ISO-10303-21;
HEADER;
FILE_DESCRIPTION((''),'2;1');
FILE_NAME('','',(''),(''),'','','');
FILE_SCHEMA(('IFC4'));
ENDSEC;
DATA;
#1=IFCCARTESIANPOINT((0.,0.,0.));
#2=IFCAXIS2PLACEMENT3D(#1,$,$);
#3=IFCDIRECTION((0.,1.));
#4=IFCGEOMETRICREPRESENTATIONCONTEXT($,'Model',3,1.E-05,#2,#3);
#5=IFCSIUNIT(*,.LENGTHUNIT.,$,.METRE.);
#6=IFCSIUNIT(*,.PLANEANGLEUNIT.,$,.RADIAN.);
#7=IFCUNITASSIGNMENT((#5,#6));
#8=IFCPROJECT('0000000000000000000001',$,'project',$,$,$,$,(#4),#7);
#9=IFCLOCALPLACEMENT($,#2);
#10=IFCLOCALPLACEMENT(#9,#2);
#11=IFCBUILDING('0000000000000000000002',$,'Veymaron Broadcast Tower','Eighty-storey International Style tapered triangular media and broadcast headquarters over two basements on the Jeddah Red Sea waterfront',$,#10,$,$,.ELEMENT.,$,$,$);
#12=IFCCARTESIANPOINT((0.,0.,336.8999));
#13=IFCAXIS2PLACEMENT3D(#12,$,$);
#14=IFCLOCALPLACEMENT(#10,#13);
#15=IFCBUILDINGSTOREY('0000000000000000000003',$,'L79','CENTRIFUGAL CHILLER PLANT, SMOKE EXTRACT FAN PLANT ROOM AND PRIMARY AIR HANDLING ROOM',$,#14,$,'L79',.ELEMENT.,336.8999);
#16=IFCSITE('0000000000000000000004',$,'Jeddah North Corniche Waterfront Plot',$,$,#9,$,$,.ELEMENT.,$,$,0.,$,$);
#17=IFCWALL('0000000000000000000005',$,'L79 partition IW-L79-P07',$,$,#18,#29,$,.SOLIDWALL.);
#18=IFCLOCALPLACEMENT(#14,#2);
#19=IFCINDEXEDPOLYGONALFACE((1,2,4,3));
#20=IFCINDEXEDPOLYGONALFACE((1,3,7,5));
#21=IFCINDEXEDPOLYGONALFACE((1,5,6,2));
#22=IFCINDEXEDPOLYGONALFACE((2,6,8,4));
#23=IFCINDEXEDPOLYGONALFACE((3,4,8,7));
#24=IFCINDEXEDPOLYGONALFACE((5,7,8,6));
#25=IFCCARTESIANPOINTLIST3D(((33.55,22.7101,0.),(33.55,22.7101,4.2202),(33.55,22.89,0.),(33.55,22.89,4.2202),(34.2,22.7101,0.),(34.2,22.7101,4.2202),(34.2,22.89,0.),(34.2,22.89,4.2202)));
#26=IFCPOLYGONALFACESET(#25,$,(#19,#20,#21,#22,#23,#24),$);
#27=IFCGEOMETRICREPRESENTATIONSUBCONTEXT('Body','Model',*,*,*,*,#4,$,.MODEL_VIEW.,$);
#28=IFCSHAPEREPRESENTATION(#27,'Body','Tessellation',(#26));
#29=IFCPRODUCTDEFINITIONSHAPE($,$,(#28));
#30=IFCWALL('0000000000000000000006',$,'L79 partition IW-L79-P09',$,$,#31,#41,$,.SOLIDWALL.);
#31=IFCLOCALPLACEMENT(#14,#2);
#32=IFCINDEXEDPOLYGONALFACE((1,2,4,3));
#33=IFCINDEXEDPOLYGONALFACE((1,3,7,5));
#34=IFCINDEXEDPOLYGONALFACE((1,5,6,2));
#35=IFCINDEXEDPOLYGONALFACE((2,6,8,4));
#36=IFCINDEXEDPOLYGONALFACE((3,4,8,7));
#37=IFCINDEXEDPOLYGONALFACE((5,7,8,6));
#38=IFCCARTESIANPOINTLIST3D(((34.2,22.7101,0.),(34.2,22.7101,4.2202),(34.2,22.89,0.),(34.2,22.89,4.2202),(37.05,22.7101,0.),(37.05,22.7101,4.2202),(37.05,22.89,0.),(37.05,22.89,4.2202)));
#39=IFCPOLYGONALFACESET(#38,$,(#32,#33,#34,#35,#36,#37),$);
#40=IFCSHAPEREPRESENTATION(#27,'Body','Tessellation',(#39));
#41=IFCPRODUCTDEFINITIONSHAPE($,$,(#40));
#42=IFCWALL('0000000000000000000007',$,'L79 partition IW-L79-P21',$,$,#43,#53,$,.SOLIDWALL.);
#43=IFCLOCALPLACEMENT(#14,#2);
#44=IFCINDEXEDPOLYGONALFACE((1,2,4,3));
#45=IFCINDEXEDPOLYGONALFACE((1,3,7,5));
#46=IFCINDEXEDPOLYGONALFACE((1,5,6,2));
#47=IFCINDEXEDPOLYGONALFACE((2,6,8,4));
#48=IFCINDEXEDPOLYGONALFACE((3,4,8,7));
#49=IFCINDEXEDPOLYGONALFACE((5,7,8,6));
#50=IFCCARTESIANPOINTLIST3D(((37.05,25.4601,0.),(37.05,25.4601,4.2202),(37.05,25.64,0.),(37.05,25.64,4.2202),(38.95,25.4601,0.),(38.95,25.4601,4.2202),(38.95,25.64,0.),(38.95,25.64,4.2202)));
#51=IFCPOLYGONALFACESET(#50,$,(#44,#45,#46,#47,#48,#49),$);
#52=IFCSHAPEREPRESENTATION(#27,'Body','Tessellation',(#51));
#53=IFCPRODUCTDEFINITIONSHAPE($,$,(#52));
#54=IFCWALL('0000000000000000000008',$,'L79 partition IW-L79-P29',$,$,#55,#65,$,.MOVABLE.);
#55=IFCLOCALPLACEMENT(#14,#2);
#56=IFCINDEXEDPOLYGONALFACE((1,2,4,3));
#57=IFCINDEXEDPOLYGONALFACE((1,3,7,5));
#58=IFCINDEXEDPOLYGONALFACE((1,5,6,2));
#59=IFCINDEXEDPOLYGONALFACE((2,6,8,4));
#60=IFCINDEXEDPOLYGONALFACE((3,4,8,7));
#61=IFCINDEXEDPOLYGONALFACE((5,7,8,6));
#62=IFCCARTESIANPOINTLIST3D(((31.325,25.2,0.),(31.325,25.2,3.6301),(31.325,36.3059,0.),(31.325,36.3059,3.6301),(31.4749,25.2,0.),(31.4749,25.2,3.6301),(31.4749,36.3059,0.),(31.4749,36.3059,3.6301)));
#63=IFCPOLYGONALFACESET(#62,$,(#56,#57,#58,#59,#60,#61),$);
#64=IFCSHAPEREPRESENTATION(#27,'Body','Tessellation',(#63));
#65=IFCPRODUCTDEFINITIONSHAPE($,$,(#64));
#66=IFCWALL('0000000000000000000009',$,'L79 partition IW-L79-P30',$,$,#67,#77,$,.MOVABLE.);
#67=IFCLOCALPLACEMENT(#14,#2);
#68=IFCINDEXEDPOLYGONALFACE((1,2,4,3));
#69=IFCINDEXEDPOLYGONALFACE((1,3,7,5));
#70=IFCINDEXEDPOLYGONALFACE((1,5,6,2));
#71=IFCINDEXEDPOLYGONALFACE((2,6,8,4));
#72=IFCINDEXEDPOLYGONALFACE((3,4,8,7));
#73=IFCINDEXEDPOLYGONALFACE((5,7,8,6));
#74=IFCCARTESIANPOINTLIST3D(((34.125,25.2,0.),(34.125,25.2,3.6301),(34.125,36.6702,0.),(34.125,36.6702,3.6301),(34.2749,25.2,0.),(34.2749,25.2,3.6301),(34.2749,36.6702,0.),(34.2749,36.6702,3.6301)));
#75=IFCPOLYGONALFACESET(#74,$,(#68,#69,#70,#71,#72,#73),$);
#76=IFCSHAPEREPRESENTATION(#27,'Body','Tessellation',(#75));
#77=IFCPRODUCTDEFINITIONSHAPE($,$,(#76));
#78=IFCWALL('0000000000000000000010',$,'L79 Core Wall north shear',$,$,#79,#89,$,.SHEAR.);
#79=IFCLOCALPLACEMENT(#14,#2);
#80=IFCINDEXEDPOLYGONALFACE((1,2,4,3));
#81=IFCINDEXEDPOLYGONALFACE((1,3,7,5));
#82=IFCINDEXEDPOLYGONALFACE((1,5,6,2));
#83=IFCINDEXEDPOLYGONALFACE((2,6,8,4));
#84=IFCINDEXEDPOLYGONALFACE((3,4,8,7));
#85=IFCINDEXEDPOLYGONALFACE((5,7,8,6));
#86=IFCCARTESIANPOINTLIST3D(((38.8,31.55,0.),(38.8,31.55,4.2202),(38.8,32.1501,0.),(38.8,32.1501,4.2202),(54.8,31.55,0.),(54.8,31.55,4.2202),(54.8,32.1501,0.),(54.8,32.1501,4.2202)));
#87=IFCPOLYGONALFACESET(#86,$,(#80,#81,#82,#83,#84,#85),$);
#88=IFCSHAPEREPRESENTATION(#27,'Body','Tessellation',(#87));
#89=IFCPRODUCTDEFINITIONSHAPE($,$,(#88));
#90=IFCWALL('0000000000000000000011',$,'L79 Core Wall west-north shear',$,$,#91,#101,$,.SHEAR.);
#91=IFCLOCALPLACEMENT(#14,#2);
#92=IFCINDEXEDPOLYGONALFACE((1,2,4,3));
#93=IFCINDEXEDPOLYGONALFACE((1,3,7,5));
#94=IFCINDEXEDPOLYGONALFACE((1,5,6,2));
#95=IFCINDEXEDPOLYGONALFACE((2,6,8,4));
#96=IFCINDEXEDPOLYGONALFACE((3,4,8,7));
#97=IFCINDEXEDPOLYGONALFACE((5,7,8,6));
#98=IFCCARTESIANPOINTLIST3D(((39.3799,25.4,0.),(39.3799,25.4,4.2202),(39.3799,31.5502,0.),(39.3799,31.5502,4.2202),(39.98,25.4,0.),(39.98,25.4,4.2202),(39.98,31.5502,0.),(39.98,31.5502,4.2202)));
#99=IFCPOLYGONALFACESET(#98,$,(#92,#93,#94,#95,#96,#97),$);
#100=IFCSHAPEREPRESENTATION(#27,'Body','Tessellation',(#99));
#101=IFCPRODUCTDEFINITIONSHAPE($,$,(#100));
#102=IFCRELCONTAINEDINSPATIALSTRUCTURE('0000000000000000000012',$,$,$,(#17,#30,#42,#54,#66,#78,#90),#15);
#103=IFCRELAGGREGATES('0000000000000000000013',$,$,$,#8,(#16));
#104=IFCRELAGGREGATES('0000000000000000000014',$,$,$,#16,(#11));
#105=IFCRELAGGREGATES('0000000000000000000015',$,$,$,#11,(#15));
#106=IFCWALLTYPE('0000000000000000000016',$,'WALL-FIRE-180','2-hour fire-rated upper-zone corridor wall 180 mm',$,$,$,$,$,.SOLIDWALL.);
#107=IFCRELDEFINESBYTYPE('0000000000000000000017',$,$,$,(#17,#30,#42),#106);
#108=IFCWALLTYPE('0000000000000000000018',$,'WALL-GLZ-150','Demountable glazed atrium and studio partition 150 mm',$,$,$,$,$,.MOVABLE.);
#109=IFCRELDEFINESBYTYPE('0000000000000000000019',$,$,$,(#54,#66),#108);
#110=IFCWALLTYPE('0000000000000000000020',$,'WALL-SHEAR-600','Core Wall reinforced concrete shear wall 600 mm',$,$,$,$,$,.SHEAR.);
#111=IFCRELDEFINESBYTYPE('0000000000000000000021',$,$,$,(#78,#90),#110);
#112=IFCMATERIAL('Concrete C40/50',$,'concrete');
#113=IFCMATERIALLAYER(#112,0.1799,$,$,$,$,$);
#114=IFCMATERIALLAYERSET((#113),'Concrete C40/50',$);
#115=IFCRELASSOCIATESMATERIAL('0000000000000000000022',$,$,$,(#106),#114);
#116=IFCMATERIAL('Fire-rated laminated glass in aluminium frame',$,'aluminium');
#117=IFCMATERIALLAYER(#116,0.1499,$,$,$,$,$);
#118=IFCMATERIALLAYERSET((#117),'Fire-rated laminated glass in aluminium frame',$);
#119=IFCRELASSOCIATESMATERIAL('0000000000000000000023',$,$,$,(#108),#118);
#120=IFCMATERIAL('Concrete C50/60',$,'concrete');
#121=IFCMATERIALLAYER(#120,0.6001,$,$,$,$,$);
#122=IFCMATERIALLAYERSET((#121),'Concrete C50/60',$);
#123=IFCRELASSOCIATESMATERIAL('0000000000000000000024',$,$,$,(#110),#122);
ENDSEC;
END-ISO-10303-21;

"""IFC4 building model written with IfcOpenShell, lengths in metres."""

from ifc_helpers import new_model, si_unit, direction, frame, frame_2d, origin, place, context, subcontext, project, spatial, rectangle, extrude, material, layer, layer_set, type_object, element, save


model = new_model("IFC4")

# Units and contexts
model_context = context("Model", 3, precision=1e-05, world=origin(), true_north=direction((0.0, 1.0)))
body_context = subcontext(model_context, "Body", "Model", "MODEL_VIEW")
ifc_project = project(units=[si_unit("LENGTHUNIT", "METRE"), si_unit("PLANEANGLEUNIT", "RADIAN")], contexts=[model_context])

# Site, building, storey
site_placement = place(None, origin())
site = spatial("IfcSite", under=ifc_project, at=site_placement, Name="Jeddah North Corniche Waterfront Plot", CompositionType="ELEMENT", RefElevation=0.0)
building_placement = place(site_placement, origin())
building = spatial("IfcBuilding", under=site, at=building_placement, Name="Veymaron Broadcast Tower", Description="Eighty-storey International Style tapered triangular media and broadcast headquarters over two basements on the Jeddah Red Sea waterfront", CompositionType="ELEMENT")
storey_placement = place(building_placement, frame((0.0, 0.0, 336.8999)))
storey = spatial("IfcBuildingStorey", under=building, at=storey_placement, Name="L79", Description="CENTRIFUGAL CHILLER PLANT, SMOKE EXTRACT FAN PLANT ROOM AND PRIMARY AIR HANDLING ROOM", LongName="L79", CompositionType="ELEMENT", Elevation=336.8999)

# Shared definitions
ifc_material_1 = material(Name="Concrete C40/50", Category="concrete")
ifc_layer_1 = layer(ifc_material_1, 0.1799)
ifc_layer_set_1 = layer_set([ifc_layer_1], Name="Concrete C40/50")
wall_type_1 = type_object("IfcWallType", Name="WALL-FIRE-180", Description="2-hour fire-rated upper-zone corridor wall 180 mm", PredefinedType="SOLIDWALL", material=ifc_layer_set_1)

# Walls
wall_1_placement = place(storey_placement, frame((33.55, 22.8, 0.0), z_axis=(0.0, 0.0, 1.0), x_axis=(1.0, 0.0, 0.0)))
element("IfcWall", 1, at=wall_1_placement, inside=storey, type_object=wall_type_1, Name="L79 partition IW-L79-P07", PredefinedType="SOLIDWALL", context=body_context, shape_type="SweptSolid", body=[
    extrude(rectangle(XDim=0.6499, YDim=0.1799, at=frame_2d((0.325, 0.0))), origin(), (0.0, 0.0, 1.0), 4.2202),
])
wall_2_placement = place(storey_placement, frame((34.2, 22.8, 0.0), z_axis=(0.0, 0.0, 1.0), x_axis=(1.0, 0.0, 0.0)))
element("IfcWall", 2, at=wall_2_placement, inside=storey, type_object=wall_type_1, Name="L79 partition IW-L79-P09", PredefinedType="SOLIDWALL", context=body_context, shape_type="SweptSolid", body=[
    extrude(rectangle(XDim=2.8501, YDim=0.1799, at=frame_2d((1.425, 0.0))), origin(), (0.0, 0.0, 1.0), 4.2202),
])
wall_3_placement = place(storey_placement, frame((37.05, 25.55, 0.0), z_axis=(0.0, 0.0, 1.0), x_axis=(1.0, 0.0, 0.0)))
element("IfcWall", 3, at=wall_3_placement, inside=storey, type_object=wall_type_1, Name="L79 partition IW-L79-P21", PredefinedType="SOLIDWALL", context=body_context, shape_type="SweptSolid", body=[
    extrude(rectangle(XDim=1.8999, YDim=0.1799, at=frame_2d((0.95, 0.0))), origin(), (0.0, 0.0, 1.0), 4.2202),
])
ifc_material_2 = material(Name="Fire-rated laminated glass in aluminium frame", Category="aluminium")
ifc_layer_2 = layer(ifc_material_2, 0.1499)
ifc_layer_set_2 = layer_set([ifc_layer_2], Name="Fire-rated laminated glass in aluminium frame")
wall_type_2 = type_object("IfcWallType", Name="WALL-GLZ-150", Description="Demountable glazed atrium and studio partition 150 mm", PredefinedType="MOVABLE", material=ifc_layer_set_2)
wall_4_placement = place(storey_placement, frame((31.3999, 25.2, 0.0), z_axis=(0.0, 0.0, 1.0), x_axis=(0.0, 1.0, 0.0)))
element("IfcWall", 4, at=wall_4_placement, inside=storey, type_object=wall_type_2, Name="L79 partition IW-L79-P29", PredefinedType="MOVABLE", context=body_context, shape_type="SweptSolid", body=[
    extrude(rectangle(XDim=11.106, YDim=0.1499, at=frame_2d((5.553, 0.0))), origin(), (0.0, 0.0, 1.0), 3.6301),
])
wall_5_placement = place(storey_placement, frame((34.2, 25.2, 0.0), z_axis=(0.0, 0.0, 1.0), x_axis=(0.0, 1.0, 0.0)))
element("IfcWall", 5, at=wall_5_placement, inside=storey, type_object=wall_type_2, Name="L79 partition IW-L79-P30", PredefinedType="MOVABLE", context=body_context, shape_type="SweptSolid", body=[
    extrude(rectangle(XDim=11.4702, YDim=0.1499, at=frame_2d((5.7351, 0.0))), origin(), (0.0, 0.0, 1.0), 3.6301),
])

# Shared definitions
ifc_material_3 = material(Name="Concrete C50/60", Category="concrete")

# Walls
ifc_layer_3 = layer(ifc_material_3, 0.6001)
ifc_layer_set_3 = layer_set([ifc_layer_3], Name="Concrete C50/60")
wall_type_3 = type_object("IfcWallType", Name="WALL-SHEAR-600", Description="Core Wall reinforced concrete shear wall 600 mm", PredefinedType="SHEAR", material=ifc_layer_set_3)
wall_6_placement = place(storey_placement, frame((38.8, 31.8501, 0.0), z_axis=(0.0, 0.0, 1.0), x_axis=(1.0, 0.0, 0.0)))
element("IfcWall", 6, at=wall_6_placement, inside=storey, type_object=wall_type_3, Name="L79 Core Wall north shear", PredefinedType="SHEAR", context=body_context, shape_type="SweptSolid", body=[
    extrude(rectangle(XDim=16.0, YDim=0.6001, at=frame_2d((8.0, 0.0))), origin(), (0.0, 0.0, 1.0), 4.2202),
])
wall_7_placement = place(storey_placement, frame((39.6799, 25.3999, 0.0), z_axis=(0.0, 0.0, 1.0), x_axis=(0.0, 1.0, 0.0)))
element("IfcWall", 7, at=wall_7_placement, inside=storey, type_object=wall_type_3, Name="L79 Core Wall west-north shear", PredefinedType="SHEAR", context=body_context, shape_type="SweptSolid", body=[
    extrude(rectangle(XDim=6.1501, YDim=0.6001, at=frame_2d((3.0752, 0.0))), origin(), (0.0, 0.0, 1.0), 4.2202),
])

save(model, "model.ifc")
